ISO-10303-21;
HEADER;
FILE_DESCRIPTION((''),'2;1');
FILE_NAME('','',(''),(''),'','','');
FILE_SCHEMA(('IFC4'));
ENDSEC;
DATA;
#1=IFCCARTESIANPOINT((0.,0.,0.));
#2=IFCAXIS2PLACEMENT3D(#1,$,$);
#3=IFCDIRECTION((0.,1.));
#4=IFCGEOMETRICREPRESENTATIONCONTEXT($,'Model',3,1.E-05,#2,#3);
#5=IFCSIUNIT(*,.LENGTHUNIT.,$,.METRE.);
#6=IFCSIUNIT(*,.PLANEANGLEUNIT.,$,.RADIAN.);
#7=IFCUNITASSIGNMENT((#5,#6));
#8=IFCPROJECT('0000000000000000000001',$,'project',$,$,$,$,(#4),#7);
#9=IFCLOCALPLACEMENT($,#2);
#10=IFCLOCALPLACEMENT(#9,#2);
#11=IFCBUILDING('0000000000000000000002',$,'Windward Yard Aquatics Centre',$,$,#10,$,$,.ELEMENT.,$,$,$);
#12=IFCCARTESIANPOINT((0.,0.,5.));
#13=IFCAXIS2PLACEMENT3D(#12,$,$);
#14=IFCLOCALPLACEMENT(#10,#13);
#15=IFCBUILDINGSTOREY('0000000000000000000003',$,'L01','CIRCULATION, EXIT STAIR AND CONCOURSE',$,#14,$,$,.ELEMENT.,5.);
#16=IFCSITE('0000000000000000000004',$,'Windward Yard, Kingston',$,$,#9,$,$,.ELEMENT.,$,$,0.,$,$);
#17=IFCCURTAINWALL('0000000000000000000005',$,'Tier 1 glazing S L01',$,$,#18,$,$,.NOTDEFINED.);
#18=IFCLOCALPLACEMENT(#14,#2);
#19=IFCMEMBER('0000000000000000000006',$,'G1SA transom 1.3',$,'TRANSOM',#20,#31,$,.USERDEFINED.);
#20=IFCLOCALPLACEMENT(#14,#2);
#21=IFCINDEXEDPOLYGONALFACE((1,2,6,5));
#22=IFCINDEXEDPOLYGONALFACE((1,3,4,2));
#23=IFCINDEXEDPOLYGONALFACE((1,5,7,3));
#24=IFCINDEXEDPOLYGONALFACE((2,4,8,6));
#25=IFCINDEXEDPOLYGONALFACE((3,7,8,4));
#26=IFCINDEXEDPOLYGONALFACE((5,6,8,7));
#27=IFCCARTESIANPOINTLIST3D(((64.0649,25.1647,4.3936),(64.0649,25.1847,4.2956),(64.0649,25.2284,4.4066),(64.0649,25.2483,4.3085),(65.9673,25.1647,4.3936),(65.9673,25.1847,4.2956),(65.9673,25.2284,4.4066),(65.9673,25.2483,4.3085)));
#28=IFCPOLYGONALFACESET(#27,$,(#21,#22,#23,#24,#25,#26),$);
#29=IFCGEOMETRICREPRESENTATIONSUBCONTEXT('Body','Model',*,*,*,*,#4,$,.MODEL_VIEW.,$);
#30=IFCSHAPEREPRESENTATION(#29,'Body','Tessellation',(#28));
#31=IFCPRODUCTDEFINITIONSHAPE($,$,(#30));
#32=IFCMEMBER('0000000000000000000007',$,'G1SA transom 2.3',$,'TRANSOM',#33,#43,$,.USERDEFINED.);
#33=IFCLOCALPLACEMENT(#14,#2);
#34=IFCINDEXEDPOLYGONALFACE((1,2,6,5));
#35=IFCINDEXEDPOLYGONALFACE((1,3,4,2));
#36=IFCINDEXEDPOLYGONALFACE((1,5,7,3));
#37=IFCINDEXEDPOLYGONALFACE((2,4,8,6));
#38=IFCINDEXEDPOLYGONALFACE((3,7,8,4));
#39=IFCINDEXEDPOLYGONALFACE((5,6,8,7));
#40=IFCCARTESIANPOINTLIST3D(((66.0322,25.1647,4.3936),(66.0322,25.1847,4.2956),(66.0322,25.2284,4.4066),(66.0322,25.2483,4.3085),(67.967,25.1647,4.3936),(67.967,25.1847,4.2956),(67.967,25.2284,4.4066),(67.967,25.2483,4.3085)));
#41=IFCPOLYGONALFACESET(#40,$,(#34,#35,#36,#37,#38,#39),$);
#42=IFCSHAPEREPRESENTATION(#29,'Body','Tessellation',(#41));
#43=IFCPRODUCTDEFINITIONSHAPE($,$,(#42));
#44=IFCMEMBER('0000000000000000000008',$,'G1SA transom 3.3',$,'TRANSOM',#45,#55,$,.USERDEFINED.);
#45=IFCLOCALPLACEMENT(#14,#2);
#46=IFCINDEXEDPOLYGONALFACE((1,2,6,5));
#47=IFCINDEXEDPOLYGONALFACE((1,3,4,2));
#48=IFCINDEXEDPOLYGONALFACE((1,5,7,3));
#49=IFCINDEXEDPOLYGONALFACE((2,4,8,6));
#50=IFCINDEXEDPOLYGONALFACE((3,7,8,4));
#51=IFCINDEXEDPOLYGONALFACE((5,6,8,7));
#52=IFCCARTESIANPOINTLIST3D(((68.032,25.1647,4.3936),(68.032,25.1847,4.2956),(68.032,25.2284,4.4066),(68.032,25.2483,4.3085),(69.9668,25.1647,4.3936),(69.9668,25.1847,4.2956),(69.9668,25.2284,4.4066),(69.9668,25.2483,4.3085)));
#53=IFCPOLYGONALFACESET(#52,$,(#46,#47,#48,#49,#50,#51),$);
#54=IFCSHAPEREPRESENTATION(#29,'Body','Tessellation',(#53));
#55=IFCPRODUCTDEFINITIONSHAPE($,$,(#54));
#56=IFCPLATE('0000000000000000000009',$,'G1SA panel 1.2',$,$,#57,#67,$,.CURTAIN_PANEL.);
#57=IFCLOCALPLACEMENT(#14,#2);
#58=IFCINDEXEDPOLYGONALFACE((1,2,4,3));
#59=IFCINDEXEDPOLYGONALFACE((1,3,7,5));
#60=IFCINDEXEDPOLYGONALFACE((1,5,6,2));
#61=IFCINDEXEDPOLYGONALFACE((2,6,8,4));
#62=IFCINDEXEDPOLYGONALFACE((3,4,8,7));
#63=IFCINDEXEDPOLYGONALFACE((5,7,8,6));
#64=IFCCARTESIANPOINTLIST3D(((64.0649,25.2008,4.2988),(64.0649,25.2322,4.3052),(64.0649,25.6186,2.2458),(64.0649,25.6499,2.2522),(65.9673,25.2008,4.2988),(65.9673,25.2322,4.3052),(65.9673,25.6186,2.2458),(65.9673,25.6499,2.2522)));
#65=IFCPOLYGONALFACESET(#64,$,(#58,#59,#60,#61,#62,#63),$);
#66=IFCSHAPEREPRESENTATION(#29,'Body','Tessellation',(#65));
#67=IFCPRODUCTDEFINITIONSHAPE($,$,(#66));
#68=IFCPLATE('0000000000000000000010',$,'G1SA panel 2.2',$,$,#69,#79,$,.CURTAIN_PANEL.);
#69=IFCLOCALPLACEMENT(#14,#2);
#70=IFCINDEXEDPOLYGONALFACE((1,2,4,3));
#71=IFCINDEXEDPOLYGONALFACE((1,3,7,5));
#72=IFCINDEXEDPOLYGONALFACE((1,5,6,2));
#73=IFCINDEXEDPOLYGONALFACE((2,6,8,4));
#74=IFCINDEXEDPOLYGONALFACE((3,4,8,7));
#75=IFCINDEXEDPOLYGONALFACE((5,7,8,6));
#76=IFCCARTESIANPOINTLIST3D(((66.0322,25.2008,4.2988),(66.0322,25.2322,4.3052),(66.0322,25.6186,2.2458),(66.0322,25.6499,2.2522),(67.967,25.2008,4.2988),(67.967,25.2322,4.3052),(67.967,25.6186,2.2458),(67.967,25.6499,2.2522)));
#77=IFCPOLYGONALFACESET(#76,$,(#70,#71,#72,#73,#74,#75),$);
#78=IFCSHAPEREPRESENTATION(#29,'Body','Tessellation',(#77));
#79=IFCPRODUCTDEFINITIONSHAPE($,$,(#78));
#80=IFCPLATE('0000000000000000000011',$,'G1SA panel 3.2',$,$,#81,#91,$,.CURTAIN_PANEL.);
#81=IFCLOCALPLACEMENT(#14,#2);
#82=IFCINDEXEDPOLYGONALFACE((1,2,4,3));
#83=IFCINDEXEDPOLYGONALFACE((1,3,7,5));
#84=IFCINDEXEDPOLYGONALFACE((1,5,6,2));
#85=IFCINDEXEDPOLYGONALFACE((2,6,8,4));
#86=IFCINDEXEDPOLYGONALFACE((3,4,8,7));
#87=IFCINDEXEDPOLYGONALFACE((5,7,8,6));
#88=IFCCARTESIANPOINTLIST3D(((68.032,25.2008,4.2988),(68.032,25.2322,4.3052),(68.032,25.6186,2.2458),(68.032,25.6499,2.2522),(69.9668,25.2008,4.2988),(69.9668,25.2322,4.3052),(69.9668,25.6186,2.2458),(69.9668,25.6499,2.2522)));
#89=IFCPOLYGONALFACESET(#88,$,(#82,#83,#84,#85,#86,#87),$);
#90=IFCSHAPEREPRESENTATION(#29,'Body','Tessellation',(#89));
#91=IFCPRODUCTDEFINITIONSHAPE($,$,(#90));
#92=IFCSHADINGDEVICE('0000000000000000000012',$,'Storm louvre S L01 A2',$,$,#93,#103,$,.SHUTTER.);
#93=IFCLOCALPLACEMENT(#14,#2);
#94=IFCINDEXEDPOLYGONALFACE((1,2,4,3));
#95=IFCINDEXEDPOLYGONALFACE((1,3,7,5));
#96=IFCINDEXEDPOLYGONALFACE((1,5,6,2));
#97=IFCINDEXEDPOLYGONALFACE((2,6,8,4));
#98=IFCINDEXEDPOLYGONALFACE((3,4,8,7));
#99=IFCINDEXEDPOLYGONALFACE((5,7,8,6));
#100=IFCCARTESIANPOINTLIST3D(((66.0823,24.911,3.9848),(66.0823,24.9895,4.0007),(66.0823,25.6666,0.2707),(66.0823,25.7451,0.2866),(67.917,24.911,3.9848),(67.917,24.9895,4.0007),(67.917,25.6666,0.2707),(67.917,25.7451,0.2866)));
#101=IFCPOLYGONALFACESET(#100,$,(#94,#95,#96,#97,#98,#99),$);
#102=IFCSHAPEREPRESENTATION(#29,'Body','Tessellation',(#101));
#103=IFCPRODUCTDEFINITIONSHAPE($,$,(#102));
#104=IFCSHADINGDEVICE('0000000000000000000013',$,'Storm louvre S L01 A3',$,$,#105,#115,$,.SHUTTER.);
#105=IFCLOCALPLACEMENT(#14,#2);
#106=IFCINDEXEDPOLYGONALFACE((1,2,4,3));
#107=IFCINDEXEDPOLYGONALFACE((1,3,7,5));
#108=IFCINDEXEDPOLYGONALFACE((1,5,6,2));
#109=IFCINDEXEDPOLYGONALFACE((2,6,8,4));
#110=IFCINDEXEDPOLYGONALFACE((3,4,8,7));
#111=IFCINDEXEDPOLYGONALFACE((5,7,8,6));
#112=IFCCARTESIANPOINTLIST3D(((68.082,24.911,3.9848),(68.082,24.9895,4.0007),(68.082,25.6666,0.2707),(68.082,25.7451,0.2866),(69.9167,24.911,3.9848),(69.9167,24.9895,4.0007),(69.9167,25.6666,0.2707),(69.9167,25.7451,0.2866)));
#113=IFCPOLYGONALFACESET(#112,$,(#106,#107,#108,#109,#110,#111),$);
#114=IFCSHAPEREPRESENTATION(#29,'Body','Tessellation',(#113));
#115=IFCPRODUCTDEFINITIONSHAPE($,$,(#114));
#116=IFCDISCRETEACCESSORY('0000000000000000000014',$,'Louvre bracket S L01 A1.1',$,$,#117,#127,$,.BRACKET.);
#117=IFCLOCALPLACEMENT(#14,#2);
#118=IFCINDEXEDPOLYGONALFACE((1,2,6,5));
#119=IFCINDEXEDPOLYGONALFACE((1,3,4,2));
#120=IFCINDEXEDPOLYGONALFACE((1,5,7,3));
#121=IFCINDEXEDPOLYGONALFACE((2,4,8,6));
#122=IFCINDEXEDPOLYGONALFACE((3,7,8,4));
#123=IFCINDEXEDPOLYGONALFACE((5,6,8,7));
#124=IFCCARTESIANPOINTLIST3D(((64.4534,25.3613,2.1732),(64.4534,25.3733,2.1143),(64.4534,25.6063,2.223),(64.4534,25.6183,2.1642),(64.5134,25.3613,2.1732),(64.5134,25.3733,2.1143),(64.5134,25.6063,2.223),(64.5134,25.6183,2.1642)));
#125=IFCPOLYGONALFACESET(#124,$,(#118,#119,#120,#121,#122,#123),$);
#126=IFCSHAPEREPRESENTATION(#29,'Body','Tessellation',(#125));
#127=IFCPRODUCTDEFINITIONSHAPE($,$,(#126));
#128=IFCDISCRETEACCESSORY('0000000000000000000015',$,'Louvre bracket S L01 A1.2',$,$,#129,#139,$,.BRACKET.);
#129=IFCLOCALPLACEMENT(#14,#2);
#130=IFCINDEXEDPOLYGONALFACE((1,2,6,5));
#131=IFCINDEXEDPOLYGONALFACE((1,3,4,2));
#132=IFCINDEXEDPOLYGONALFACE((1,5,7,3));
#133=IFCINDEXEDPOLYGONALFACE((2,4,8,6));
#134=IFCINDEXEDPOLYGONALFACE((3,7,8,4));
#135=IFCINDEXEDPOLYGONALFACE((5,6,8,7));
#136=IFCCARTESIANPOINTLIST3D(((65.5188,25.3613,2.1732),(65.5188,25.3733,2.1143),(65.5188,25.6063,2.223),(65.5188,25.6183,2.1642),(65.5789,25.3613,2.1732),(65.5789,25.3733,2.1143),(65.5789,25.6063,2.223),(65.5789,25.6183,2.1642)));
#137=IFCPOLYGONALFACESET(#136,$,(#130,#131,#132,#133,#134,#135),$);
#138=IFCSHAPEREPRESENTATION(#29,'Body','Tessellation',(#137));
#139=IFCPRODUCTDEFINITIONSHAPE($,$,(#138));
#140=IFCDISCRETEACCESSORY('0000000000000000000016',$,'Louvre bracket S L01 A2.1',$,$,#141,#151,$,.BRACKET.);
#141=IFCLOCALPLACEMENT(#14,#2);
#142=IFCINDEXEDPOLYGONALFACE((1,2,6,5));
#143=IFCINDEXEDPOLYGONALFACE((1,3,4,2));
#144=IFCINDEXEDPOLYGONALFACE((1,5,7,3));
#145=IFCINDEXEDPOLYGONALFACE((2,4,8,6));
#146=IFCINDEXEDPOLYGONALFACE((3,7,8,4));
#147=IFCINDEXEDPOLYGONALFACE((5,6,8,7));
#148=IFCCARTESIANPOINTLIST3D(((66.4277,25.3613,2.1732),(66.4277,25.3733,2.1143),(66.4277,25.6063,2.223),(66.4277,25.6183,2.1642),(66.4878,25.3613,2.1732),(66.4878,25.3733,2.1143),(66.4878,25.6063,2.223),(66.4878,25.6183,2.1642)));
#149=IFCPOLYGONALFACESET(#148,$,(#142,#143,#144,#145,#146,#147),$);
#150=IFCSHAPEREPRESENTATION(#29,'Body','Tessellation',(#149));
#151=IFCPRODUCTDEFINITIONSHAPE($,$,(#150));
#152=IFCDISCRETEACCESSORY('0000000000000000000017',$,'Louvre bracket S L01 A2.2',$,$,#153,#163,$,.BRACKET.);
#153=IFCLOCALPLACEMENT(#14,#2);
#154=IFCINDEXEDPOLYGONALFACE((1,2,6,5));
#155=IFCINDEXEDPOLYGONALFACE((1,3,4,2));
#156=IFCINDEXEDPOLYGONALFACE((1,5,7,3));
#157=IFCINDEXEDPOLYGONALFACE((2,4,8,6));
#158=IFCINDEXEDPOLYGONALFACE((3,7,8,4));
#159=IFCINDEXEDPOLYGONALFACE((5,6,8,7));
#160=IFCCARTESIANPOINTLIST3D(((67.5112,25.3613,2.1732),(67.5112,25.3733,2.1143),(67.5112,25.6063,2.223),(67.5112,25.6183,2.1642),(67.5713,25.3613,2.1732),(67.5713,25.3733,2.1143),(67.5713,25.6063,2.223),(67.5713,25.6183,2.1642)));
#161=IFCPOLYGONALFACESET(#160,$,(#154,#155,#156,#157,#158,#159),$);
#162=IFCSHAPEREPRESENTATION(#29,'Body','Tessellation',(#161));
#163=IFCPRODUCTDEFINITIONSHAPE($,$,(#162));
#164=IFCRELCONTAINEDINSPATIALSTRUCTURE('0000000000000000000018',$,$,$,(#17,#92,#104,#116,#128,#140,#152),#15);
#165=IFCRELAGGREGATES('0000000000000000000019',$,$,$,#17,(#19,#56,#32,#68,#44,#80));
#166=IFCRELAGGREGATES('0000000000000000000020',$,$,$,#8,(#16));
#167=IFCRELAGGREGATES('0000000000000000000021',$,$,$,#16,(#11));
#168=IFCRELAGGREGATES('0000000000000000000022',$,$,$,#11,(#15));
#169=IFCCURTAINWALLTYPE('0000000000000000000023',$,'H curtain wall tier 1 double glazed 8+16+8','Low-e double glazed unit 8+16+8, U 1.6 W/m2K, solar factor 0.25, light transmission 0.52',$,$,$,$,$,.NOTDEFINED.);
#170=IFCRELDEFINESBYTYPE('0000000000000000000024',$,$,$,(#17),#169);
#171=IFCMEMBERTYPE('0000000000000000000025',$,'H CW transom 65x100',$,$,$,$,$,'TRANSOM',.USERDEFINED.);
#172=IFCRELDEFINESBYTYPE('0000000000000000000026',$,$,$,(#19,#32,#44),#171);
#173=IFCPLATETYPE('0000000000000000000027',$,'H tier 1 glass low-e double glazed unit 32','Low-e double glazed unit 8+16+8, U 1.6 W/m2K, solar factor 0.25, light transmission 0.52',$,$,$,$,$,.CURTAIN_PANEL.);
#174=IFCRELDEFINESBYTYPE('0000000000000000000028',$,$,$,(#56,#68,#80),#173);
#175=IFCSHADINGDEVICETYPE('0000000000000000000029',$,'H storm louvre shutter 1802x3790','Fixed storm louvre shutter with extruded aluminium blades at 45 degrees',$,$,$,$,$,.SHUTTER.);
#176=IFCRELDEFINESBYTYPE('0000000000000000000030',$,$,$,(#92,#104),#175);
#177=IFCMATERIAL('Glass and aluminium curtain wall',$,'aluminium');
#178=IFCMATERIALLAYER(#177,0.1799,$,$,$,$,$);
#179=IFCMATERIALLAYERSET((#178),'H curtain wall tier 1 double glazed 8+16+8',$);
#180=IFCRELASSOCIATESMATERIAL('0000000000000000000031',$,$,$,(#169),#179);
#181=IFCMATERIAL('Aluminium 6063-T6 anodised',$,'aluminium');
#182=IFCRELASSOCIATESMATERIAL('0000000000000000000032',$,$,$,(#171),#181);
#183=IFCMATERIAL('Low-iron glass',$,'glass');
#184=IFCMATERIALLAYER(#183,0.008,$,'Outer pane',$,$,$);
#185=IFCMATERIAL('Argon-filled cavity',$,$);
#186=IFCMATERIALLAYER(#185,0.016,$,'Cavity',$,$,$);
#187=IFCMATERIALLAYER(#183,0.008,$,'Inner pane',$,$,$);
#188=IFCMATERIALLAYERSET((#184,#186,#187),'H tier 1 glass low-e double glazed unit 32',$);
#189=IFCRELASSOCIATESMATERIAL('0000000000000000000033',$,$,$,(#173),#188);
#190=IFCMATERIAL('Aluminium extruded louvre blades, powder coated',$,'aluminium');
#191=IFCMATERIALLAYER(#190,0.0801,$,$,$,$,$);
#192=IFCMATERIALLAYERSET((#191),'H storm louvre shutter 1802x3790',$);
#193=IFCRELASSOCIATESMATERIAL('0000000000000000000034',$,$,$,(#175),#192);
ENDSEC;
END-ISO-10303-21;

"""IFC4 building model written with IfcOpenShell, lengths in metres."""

from ifc_helpers import new_model, si_unit, direction, frame, origin, origin_2d, place, context, subcontext, project, spatial, polyline, rectangle, outline, extrude, material, layer, layer_set, material_profile, profile_set, type_object, element, aggregate, save


model = new_model("IFC4")

# Units and contexts
model_context = context("Model", 3, precision=1e-05, world=origin(), true_north=direction((0.0, 1.0)))
body_context = subcontext(model_context, "Body", "Model", "MODEL_VIEW")
ifc_project = project(units=[si_unit("LENGTHUNIT", "METRE"), si_unit("PLANEANGLEUNIT", "RADIAN")], contexts=[model_context])

# Site, building, storey
site_placement = place(None, origin())
site = spatial("IfcSite", under=ifc_project, at=site_placement, Name="Windward Yard, Kingston", CompositionType="ELEMENT", RefElevation=0.0)
building_placement = place(site_placement, origin())
building = spatial("IfcBuilding", under=site, at=building_placement, Name="Windward Yard Aquatics Centre", CompositionType="ELEMENT")
storey_placement = place(building_placement, frame((0.0, 0.0, 5.0)))
storey = spatial("IfcBuildingStorey", under=building, at=storey_placement, Name="L01", Description="CIRCULATION, EXIT STAIR AND CONCOURSE", CompositionType="ELEMENT", Elevation=5.0)

# Curtain wall, members, plates
ifc_material_1 = material(Name="Glass and aluminium curtain wall", Category="aluminium")
ifc_layer_1 = layer(ifc_material_1, 0.1799)
ifc_layer_set_1 = layer_set([ifc_layer_1], Name="H curtain wall tier 1 double glazed 8+16+8")
curtain_wall_type = type_object("IfcCurtainWallType", Name="H curtain wall tier 1 double glazed 8+16+8", Description="Low-e double glazed unit 8+16+8, U 1.6 W/m2K, solar factor 0.25, light transmission 0.52", PredefinedType="NOTDEFINED", material=ifc_layer_set_1)
curtain_wall_placement = place(storey_placement, origin())
curtain_wall = element("IfcCurtainWall", 1, at=curtain_wall_placement, inside=storey, type_object=curtain_wall_type, Name="Tier 1 glazing S L01", PredefinedType="NOTDEFINED")
ifc_material_2 = material(Name="Aluminium 6063-T6 anodised", Category="aluminium")
ifc_material_profile = material_profile(ifc_material_2, rectangle(XDim=0.0649, YDim=0.1001, at=origin_2d()), Name="H CW transom 65x100")
ifc_profile_set = profile_set([ifc_material_profile], Name="Aluminium 6063-T6 anodised")
member_type = type_object("IfcMemberType", Name="H CW transom 65x100", ElementType="TRANSOM", PredefinedType="USERDEFINED", material=ifc_profile_set)
member_1_placement = place(storey_placement, frame((64.0649, 25.2065, 4.3511), z_axis=(1.0, 0.0, 0.0), x_axis=(0.0, 0.979925, 0.199368)))
member_1 = element("IfcMember", 2, at=member_1_placement, type_object=member_type, Name="G1SA transom 1.3", ObjectType="TRANSOM", PredefinedType="USERDEFINED", context=body_context, shape_type="SweptSolid", body=[
    extrude(rectangle(XDim=0.0649, YDim=0.1001, at=origin_2d()), origin(), (0.0, 0.0, 1.0), 1.9023),
])
member_2_placement = place(storey_placement, frame((66.0322, 25.2065, 4.3511), z_axis=(1.0, 0.0, 0.0), x_axis=(0.0, 0.979925, 0.199368)))
member_2 = element("IfcMember", 3, at=member_2_placement, type_object=member_type, Name="G1SA transom 2.3", ObjectType="TRANSOM", PredefinedType="USERDEFINED", context=body_context, shape_type="SweptSolid", body=[
    extrude(rectangle(XDim=0.0649, YDim=0.1001, at=origin_2d()), origin(), (0.0, 0.0, 1.0), 1.9348),
])
member_3_placement = place(storey_placement, frame((68.032, 25.2065, 4.3511), z_axis=(1.0, 0.0, 0.0), x_axis=(0.0, 0.979925, 0.199368)))
member_3 = element("IfcMember", 4, at=member_3_placement, type_object=member_type, Name="G1SA transom 3.3", ObjectType="TRANSOM", PredefinedType="USERDEFINED", context=body_context, shape_type="SweptSolid", body=[
    extrude(rectangle(XDim=0.0649, YDim=0.1001, at=origin_2d()), origin(), (0.0, 0.0, 1.0), 1.9348),
])
ifc_material_3 = material(Name="Low-iron glass", Category="glass")
ifc_layer_2 = layer(ifc_material_3, 0.008, Name="Outer pane")
ifc_material_4 = material(Name="Argon-filled cavity")
ifc_layer_3 = layer(ifc_material_4, 0.016, Name="Cavity")
ifc_layer_4 = layer(ifc_material_3, 0.008, Name="Inner pane")
ifc_layer_set_2 = layer_set([ifc_layer_2, ifc_layer_3, ifc_layer_4], Name="H tier 1 glass low-e double glazed unit 32")
plate_type = type_object("IfcPlateType", Name="H tier 1 glass low-e double glazed unit 32", Description="Low-e double glazed unit 8+16+8, U 1.6 W/m2K, solar factor 0.25, light transmission 0.52", PredefinedType="CURTAIN_PANEL", material=ifc_layer_set_2)
plate_1_placement = place(storey_placement, frame((64.0649, 25.2322, 4.3052), z_axis=(0.0, 0.979921, 0.199387), x_axis=(0.0, 0.199387, -0.979921)))
plate_1 = element("IfcPlate", 5, at=plate_1_placement, type_object=plate_type, Name="G1SA panel 1.2", PredefinedType="CURTAIN_PANEL", context=body_context, shape_type="SweptSolid", body=[
    extrude(outline(polyline([(0.0, 0.0), (2.095, 0.0), (2.095, -1.9023), (0.0, -1.9023), (0.0, 0.0)])), origin(), (0.0, 0.0, -1.0), 0.032),
])
plate_2_placement = place(storey_placement, frame((66.0322, 25.2322, 4.3052), z_axis=(0.0, 0.979921, 0.199387), x_axis=(0.0, 0.199387, -0.979921)))
plate_2 = element("IfcPlate", 6, at=plate_2_placement, type_object=plate_type, Name="G1SA panel 2.2", PredefinedType="CURTAIN_PANEL", context=body_context, shape_type="SweptSolid", body=[
    extrude(outline(polyline([(0.0, 0.0), (2.095, 0.0), (2.095, -1.9348), (0.0, -1.9348), (0.0, 0.0)])), origin(), (0.0, 0.0, -1.0), 0.032),
])
plate_3_placement = place(storey_placement, frame((68.032, 25.2322, 4.3052), z_axis=(0.0, 0.979921, 0.199387), x_axis=(0.0, 0.199387, -0.979921)))
plate_3 = element("IfcPlate", 7, at=plate_3_placement, type_object=plate_type, Name="G1SA panel 3.2", PredefinedType="CURTAIN_PANEL", context=body_context, shape_type="SweptSolid", body=[
    extrude(outline(polyline([(0.0, 0.0), (2.095, 0.0), (2.095, -1.9348), (0.0, -1.9348), (0.0, 0.0)])), origin(), (0.0, 0.0, -1.0), 0.032),
])
aggregate(curtain_wall, [member_1, plate_1, member_2, plate_2, member_3, plate_3])

# Shading devices
ifc_material_5 = material(Name="Aluminium extruded louvre blades, powder coated", Category="aluminium")
ifc_layer_5 = layer(ifc_material_5, 0.0801)
ifc_layer_set_3 = layer_set([ifc_layer_5], Name="H storm louvre shutter 1802x3790")
shading_device_type = type_object("IfcShadingDeviceType", Name="H storm louvre shutter 1802x3790", Description="Fixed storm louvre shutter with extruded aluminium blades at 45 degrees", PredefinedType="SHUTTER", material=ifc_layer_set_3)
for number, where, z_axis, x_axis, name in (
    (8, (66.0823, 24.9895, 4.0007), (0.0, 0.979926, 0.199361), (0.0, 0.199361, -0.979926), "Storm louvre S L01 A2"),
    (9, (68.082, 24.9895, 4.0007), (0.0, 0.979926, 0.199361), (0.0, 0.199361, -0.979926), "Storm louvre S L01 A3"),
):
    element("IfcShadingDevice", number, at=place(storey_placement, frame(where, z_axis=z_axis, x_axis=x_axis)), inside=storey, type_object=shading_device_type, Name=name, PredefinedType="SHUTTER", context=body_context, shape_type="SweptSolid", body=[
        extrude(outline(polyline([(0.0, 0.0), (3.7902, 0.0), (3.7902, -1.8347), (0.0, -1.8347), (0.0, 0.0)])), origin(), (0.0, 0.0, -1.0), 0.0801),
    ])

# Discrete accessories
for number, where, z_axis, x_axis, name in (
    (10, (64.4834, 25.6123, 2.1936), (0.0, -0.979937, -0.199309), (1.0, 0.0, 0.0), "Louvre bracket S L01 A1.1"),
    (11, (65.5488, 25.6123, 2.1936), (0.0, -0.979937, -0.199309), (1.0, 0.0, 0.0), "Louvre bracket S L01 A1.2"),
    (12, (66.4578, 25.6123, 2.1936), (0.0, -0.979937, -0.199309), (1.0, 0.0, 0.0), "Louvre bracket S L01 A2.1"),
    (13, (67.5413, 25.6123, 2.1936), (0.0, -0.979937, -0.199309), (1.0, 0.0, 0.0), "Louvre bracket S L01 A2.2"),
):
    element("IfcDiscreteAccessory", number, at=place(storey_placement, frame(where, z_axis=z_axis, x_axis=x_axis)), inside=storey, Name=name, PredefinedType="BRACKET", context=body_context, shape_type="SweptSolid", body=[
        extrude(rectangle(XDim=0.0601, YDim=0.0601, at=origin_2d()), origin(), (0.0, 0.0, 1.0), 0.25),
    ])

save(model, "model.ifc")
